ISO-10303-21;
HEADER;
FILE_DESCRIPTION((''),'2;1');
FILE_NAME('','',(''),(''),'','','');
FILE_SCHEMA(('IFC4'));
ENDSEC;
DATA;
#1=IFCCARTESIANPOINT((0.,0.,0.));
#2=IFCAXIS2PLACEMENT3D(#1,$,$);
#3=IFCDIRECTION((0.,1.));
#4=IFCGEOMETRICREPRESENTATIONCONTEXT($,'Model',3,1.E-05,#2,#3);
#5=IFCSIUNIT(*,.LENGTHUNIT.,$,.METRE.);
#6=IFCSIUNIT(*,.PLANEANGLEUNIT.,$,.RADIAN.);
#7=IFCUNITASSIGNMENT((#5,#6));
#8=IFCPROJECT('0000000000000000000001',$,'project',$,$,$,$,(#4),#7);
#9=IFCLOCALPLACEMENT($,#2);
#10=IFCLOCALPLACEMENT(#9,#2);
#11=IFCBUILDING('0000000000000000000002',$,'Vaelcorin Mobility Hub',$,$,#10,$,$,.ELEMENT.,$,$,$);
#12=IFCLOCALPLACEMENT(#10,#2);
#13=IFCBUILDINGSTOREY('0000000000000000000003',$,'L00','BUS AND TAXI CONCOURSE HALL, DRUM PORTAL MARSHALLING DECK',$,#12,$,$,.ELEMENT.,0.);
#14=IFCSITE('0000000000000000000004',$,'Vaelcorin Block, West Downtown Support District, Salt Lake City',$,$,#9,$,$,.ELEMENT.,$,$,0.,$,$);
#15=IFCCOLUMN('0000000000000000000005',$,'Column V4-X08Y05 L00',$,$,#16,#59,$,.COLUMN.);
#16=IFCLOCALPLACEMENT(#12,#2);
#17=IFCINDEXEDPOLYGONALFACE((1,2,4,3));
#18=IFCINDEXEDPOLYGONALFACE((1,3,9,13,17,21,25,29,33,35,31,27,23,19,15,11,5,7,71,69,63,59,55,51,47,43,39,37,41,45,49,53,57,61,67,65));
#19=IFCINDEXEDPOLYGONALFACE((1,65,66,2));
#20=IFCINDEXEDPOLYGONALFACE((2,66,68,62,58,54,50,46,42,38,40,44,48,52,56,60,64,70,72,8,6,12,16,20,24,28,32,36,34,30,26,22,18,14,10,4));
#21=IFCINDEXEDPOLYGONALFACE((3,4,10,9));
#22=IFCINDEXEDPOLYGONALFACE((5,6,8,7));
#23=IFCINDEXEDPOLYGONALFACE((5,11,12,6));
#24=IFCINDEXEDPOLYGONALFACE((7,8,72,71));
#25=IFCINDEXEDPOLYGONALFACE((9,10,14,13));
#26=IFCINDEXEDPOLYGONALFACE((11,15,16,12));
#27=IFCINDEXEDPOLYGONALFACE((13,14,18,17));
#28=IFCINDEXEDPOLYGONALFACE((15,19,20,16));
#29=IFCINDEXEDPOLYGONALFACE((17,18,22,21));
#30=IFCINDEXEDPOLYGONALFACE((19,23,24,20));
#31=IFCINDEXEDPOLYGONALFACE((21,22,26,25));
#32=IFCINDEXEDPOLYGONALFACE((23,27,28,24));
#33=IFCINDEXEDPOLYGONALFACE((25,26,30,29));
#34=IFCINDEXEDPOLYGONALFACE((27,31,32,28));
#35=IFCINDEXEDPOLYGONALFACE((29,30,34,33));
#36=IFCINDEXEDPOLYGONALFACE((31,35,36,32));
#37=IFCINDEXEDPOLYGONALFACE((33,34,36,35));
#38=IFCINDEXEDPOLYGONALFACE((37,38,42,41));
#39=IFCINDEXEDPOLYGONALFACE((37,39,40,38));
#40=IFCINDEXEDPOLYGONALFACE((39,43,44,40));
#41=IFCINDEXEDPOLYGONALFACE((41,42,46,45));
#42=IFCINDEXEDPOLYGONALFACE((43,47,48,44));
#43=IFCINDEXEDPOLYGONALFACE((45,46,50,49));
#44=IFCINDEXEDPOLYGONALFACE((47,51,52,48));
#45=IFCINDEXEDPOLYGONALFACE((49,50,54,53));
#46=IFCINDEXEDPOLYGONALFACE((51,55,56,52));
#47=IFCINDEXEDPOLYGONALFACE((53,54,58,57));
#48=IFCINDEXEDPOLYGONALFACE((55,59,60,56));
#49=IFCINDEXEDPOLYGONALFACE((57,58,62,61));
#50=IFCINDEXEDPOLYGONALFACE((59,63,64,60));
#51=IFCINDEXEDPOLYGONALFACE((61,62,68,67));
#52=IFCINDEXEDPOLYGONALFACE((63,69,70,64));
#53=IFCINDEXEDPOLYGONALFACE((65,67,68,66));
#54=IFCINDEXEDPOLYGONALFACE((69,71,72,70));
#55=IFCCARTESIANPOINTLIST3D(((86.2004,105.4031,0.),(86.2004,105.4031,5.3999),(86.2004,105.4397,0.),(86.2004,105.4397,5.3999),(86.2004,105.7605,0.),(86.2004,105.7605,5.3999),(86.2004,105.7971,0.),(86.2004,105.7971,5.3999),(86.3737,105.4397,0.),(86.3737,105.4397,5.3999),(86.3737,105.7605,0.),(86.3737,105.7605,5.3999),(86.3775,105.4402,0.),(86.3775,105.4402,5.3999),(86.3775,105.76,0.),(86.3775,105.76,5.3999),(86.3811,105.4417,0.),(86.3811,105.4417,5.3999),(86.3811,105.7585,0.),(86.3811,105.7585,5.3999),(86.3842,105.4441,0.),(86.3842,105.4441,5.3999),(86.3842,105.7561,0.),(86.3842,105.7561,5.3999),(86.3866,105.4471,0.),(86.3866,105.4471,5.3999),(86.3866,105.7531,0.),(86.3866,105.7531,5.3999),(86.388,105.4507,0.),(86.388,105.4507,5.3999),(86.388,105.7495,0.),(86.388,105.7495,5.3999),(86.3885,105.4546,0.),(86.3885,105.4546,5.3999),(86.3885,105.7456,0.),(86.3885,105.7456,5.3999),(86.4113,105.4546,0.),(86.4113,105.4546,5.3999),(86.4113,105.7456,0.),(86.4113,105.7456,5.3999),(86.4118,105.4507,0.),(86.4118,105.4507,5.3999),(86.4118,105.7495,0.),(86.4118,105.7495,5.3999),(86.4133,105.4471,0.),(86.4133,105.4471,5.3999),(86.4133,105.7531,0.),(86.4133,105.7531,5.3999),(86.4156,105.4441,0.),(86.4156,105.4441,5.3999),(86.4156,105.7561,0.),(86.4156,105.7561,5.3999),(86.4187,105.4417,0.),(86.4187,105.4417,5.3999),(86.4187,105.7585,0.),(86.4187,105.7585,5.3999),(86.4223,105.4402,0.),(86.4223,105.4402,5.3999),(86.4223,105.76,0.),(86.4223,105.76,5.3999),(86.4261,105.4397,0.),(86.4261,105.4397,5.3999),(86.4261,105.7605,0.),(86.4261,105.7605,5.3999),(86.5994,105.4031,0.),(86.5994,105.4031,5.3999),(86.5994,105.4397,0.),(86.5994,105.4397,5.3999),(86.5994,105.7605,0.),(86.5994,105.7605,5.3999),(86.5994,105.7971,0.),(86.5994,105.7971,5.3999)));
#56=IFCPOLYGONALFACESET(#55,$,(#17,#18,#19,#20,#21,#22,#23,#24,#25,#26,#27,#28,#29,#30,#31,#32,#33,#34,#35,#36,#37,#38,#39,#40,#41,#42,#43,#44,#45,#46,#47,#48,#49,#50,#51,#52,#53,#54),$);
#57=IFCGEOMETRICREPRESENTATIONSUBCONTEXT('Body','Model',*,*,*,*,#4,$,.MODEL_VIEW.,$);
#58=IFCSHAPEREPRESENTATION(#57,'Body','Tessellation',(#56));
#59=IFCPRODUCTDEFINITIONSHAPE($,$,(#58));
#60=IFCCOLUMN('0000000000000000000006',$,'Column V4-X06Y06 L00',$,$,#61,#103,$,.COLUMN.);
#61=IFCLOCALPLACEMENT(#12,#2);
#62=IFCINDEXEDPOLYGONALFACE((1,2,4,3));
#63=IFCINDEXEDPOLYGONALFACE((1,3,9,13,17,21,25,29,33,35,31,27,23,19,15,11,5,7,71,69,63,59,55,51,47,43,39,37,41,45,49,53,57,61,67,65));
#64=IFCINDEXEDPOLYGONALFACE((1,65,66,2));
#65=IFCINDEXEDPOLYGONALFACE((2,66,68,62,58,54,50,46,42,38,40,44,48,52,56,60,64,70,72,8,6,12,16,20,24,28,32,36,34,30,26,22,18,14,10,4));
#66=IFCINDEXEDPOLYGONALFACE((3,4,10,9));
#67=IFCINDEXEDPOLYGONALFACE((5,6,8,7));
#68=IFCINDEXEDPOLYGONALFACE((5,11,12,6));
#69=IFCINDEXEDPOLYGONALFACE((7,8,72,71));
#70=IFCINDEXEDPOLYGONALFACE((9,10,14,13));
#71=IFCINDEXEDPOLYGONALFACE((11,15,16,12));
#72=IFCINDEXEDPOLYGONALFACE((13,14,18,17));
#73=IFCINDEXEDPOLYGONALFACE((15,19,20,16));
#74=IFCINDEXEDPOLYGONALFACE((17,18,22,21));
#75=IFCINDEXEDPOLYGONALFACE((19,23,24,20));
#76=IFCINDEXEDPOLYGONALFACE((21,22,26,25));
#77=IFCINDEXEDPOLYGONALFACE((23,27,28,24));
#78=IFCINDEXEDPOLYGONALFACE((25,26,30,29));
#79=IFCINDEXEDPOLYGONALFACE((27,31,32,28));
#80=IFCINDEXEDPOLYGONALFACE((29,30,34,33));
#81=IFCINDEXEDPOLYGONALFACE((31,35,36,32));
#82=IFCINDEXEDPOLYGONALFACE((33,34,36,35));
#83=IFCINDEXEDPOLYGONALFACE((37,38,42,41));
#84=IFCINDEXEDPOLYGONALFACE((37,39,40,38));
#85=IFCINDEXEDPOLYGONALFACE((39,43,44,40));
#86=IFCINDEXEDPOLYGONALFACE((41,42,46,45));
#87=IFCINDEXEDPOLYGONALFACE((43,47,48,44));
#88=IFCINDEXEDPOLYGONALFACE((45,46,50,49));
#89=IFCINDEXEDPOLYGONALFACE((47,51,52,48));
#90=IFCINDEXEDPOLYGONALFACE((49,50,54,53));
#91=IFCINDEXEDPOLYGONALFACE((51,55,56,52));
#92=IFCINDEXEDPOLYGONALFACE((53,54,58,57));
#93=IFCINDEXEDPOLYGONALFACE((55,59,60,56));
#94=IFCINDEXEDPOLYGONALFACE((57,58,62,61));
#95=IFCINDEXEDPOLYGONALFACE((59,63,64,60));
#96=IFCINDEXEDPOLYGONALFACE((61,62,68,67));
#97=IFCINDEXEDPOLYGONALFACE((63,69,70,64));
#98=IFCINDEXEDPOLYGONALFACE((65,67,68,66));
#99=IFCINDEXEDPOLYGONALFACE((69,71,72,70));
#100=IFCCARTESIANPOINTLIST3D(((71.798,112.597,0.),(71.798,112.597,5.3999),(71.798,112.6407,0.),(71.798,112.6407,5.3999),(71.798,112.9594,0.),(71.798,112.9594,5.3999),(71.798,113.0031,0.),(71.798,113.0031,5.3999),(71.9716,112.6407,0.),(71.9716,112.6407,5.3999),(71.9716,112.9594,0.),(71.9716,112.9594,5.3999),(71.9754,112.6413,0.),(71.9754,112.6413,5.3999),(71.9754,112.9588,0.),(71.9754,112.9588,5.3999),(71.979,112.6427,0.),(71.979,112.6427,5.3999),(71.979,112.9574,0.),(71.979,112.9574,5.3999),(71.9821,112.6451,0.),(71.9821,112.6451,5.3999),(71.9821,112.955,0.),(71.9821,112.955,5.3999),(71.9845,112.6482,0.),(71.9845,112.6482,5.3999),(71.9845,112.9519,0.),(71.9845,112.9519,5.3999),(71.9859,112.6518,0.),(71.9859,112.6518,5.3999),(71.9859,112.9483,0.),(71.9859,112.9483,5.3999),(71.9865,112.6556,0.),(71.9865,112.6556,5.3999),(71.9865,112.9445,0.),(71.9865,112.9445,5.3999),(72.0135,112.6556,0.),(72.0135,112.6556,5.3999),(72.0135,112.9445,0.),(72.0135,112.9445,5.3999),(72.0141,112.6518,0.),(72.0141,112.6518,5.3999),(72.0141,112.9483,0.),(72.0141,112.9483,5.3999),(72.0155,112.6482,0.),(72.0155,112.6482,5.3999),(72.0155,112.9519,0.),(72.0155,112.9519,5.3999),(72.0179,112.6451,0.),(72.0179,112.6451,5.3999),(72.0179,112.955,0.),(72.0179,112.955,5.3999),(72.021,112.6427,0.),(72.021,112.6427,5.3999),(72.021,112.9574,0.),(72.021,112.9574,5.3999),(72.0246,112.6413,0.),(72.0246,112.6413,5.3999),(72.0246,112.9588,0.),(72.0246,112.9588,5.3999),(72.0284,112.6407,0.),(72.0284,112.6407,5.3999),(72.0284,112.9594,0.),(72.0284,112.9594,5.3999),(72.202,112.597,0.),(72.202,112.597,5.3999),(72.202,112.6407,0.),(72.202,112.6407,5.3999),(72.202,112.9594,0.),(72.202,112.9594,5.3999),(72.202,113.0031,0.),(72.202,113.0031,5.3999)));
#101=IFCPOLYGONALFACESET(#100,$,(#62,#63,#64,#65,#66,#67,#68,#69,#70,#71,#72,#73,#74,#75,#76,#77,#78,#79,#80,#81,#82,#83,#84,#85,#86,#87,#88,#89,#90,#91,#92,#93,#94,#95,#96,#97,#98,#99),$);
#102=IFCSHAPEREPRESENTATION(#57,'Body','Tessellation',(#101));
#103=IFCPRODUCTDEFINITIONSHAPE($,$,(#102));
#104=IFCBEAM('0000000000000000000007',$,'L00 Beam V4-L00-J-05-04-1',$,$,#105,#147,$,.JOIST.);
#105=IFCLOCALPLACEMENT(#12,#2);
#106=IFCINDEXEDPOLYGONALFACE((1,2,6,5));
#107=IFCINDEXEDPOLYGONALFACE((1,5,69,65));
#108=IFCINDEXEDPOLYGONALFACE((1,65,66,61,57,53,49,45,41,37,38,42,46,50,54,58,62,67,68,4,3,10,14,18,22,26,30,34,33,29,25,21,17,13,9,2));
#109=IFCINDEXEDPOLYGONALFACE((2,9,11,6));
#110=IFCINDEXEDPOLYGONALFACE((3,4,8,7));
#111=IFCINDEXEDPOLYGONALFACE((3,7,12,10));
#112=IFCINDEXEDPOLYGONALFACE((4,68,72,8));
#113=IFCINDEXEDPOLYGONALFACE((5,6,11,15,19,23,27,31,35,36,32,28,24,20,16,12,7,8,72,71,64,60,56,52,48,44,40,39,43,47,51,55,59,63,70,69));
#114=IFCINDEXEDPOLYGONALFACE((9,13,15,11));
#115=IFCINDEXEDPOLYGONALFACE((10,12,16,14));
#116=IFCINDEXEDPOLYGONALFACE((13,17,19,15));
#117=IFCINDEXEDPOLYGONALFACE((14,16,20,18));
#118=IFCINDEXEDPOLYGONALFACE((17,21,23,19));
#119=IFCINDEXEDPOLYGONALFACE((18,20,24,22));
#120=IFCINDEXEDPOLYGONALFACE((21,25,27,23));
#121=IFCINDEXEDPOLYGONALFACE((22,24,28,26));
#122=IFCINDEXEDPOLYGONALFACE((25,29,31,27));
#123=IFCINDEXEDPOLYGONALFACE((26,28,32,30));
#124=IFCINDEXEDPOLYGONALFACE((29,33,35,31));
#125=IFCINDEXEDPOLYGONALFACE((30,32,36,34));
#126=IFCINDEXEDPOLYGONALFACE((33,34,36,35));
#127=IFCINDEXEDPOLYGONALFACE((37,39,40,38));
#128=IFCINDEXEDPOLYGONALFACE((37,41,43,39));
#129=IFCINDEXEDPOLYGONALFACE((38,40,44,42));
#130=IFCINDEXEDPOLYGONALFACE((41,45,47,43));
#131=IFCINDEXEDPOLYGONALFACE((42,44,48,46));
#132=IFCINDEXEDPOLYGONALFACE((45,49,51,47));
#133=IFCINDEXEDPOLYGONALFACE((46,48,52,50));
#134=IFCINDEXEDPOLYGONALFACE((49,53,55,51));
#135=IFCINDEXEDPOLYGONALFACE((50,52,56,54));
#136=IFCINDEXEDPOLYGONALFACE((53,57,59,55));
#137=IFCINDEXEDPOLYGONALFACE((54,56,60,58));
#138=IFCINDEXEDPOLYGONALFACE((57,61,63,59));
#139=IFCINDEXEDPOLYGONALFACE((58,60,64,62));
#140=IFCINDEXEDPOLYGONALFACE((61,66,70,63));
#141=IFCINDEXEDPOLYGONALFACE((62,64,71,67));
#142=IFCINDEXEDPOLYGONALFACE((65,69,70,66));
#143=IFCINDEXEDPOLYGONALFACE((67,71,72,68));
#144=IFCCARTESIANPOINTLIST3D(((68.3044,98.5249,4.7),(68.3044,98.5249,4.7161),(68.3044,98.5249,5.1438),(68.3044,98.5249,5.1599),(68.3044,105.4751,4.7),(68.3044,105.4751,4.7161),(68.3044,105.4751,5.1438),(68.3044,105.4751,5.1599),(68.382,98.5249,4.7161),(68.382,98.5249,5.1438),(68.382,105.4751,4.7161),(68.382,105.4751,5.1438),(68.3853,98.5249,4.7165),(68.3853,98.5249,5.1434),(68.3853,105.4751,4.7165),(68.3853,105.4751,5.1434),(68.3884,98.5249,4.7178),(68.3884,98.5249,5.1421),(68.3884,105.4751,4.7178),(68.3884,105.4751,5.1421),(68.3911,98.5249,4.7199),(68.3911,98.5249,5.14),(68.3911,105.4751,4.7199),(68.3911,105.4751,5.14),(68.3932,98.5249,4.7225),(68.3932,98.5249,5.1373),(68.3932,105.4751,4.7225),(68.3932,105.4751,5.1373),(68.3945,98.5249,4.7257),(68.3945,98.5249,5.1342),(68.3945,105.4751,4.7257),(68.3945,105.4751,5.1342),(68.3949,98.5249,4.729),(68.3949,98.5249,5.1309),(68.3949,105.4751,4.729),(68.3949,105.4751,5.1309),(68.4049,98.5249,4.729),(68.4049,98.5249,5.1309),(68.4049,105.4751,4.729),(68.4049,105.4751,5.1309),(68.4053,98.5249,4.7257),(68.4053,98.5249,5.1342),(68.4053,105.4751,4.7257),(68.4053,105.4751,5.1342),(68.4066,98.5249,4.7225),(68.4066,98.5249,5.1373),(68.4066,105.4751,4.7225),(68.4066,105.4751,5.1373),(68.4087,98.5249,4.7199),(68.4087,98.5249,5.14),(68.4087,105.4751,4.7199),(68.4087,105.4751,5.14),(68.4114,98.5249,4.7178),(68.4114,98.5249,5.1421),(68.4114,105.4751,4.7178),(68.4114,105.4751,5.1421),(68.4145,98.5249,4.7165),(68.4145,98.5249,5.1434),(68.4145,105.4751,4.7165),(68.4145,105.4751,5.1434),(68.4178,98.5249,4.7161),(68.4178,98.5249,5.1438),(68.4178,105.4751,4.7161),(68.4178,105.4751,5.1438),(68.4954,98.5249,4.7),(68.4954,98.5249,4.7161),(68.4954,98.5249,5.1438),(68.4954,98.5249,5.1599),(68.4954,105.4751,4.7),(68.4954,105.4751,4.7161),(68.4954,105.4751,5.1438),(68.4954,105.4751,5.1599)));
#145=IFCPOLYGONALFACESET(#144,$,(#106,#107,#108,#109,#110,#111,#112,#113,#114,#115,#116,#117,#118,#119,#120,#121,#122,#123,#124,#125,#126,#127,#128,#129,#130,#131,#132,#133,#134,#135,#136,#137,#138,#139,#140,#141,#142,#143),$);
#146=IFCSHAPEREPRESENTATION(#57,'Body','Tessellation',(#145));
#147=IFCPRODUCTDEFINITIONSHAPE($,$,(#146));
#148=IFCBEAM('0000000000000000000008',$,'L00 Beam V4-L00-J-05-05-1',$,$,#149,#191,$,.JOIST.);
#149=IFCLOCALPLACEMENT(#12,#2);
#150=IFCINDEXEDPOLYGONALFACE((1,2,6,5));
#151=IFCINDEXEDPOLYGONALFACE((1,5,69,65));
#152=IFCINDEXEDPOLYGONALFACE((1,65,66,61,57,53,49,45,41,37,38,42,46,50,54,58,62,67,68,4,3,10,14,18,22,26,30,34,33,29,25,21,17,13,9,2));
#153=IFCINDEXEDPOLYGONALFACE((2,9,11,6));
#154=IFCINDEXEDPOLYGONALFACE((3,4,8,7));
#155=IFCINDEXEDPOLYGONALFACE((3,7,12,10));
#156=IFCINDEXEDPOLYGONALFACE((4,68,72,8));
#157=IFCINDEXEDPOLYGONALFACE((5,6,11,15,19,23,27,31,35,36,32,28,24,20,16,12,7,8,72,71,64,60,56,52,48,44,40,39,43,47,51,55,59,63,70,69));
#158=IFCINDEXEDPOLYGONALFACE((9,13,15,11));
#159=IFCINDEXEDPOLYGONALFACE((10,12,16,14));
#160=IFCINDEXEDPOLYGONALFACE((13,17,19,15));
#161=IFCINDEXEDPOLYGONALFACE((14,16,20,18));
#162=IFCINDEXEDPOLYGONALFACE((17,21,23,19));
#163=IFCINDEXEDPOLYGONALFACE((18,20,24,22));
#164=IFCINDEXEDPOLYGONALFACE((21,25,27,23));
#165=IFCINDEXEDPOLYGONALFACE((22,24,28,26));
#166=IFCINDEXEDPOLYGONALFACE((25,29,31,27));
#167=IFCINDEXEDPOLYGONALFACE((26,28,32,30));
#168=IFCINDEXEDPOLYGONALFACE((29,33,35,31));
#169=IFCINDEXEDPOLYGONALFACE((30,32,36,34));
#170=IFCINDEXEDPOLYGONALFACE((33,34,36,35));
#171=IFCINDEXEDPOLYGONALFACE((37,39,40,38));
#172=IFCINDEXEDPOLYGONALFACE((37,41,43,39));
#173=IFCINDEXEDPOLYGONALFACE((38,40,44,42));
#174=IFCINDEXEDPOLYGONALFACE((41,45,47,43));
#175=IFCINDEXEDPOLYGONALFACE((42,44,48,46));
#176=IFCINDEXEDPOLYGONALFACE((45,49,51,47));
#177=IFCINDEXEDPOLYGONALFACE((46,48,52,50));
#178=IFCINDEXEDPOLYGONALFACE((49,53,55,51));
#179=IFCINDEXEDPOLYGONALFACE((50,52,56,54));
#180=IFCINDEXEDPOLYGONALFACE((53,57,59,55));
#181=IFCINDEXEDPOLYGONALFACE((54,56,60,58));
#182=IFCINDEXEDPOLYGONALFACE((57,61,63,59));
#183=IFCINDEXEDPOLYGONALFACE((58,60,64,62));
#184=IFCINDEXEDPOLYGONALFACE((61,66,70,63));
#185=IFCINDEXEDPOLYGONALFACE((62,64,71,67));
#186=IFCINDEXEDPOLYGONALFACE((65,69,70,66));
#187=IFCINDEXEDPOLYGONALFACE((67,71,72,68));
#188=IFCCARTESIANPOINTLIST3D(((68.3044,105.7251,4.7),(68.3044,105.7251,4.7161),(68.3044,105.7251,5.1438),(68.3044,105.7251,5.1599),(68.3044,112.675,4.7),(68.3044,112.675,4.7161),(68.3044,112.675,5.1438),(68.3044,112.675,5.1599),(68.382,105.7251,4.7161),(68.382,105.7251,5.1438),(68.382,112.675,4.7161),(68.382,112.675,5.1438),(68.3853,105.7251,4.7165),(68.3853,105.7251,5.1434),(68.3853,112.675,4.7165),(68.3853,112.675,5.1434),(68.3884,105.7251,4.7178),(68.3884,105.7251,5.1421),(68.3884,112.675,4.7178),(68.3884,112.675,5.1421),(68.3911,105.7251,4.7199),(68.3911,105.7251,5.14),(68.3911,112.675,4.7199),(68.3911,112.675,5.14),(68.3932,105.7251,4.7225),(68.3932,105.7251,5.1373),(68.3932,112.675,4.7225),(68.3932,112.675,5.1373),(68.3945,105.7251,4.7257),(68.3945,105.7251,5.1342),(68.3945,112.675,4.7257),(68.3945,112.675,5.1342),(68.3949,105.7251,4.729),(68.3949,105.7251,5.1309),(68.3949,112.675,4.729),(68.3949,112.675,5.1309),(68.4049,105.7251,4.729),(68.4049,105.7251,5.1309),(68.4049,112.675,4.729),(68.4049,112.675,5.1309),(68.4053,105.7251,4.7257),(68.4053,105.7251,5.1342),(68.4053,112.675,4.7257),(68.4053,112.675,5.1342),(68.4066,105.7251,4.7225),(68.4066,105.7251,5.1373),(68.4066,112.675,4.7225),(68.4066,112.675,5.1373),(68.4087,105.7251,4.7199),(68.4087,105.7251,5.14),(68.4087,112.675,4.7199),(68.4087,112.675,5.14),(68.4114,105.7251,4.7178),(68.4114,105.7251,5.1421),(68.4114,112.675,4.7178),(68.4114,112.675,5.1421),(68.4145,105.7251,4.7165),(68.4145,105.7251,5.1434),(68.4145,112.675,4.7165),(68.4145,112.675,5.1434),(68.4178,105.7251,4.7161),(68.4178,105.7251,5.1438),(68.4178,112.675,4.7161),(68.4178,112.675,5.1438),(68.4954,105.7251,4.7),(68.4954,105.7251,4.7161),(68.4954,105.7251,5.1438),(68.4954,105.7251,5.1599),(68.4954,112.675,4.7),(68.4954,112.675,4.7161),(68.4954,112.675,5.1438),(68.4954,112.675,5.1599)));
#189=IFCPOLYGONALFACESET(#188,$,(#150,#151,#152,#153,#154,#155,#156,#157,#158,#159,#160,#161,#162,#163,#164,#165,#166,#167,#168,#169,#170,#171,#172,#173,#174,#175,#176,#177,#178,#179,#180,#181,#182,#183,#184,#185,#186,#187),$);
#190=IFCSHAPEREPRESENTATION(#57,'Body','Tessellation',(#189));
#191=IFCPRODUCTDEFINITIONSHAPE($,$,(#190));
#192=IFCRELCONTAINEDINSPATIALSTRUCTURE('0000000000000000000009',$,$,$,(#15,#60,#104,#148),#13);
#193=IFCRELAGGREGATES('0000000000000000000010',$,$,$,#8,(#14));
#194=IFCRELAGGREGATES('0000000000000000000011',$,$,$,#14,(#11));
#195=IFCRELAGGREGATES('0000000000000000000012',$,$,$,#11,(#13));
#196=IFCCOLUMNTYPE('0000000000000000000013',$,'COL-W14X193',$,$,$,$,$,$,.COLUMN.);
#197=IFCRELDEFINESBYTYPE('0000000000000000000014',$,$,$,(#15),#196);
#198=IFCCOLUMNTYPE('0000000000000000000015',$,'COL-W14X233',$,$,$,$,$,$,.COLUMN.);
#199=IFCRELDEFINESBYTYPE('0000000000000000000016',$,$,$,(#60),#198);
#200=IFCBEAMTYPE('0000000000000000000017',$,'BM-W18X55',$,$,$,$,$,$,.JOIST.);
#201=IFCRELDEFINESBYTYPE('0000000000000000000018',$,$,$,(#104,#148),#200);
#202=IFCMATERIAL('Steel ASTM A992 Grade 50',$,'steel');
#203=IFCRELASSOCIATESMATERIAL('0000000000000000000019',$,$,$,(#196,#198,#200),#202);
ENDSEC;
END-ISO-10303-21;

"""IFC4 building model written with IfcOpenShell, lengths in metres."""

from ifc_helpers import new_model, si_unit, direction, frame, origin, origin_2d, place, context, subcontext, project, spatial, i_section, extrude, material, material_profile, profile_set, type_object, element, save


model = new_model("IFC4")

# Units and contexts
model_context = context("Model", 3, precision=1e-05, world=origin(), true_north=direction((0.0, 1.0)))
body_context = subcontext(model_context, "Body", "Model", "MODEL_VIEW")
ifc_project = project(units=[si_unit("LENGTHUNIT", "METRE"), si_unit("PLANEANGLEUNIT", "RADIAN")], contexts=[model_context])

# Site, building, storey
site_placement = place(None, origin())
site = spatial("IfcSite", under=ifc_project, at=site_placement, Name="Vaelcorin Block, West Downtown Support District, Salt Lake City", CompositionType="ELEMENT", RefElevation=0.0)
building_placement = place(site_placement, origin())
building = spatial("IfcBuilding", under=site, at=building_placement, Name="Vaelcorin Mobility Hub", CompositionType="ELEMENT")
storey_placement = place(building_placement, origin())
storey = spatial("IfcBuildingStorey", under=building, at=storey_placement, Name="L00", Description="BUS AND TAXI CONCOURSE HALL, DRUM PORTAL MARSHALLING DECK", CompositionType="ELEMENT", Elevation=0.0)

# Columns
ifc_material_1 = material(Name="Steel ASTM A992 Grade 50", Category="steel")
ifc_material_profile_1 = material_profile(ifc_material_1, i_section(OverallWidth=0.3989, OverallDepth=0.394, WebThickness=0.0227, FlangeThickness=0.0366, FilletRadius=0.0149, at=origin_2d()), Name="W14X193")
ifc_profile_set_1 = profile_set([ifc_material_profile_1], Name="Steel ASTM A992 Grade 50")
column_type_1 = type_object("IfcColumnType", Name="COL-W14X193", PredefinedType="COLUMN", material=ifc_profile_set_1)
for number, where, z_axis, x_axis, name in (
    (1, (86.3999, 105.6001, 0.0), (0.0, 0.0, 1.0), (1.0, 0.0, 0.0), "Column V4-X08Y05 L00"),
):
    element("IfcColumn", number, at=place(storey_placement, frame(where, z_axis=z_axis, x_axis=x_axis)), inside=storey, type_object=column_type_1, Name=name, PredefinedType="COLUMN", context=body_context, shape_type="SweptSolid", body=[
        extrude(i_section(OverallWidth=0.3989, OverallDepth=0.394, WebThickness=0.0227, FlangeThickness=0.0366, FilletRadius=0.0149, at=origin_2d()), origin(), (0.0, 0.0, 1.0), 5.3999),
    ])
ifc_material_profile_2 = material_profile(ifc_material_1, i_section(OverallWidth=0.4041, OverallDepth=0.406, WebThickness=0.0271, FlangeThickness=0.0437, FilletRadius=0.0149, at=origin_2d()), Name="W14X233")
ifc_profile_set_2 = profile_set([ifc_material_profile_2], Name="Steel ASTM A992 Grade 50")
column_type_2 = type_object("IfcColumnType", Name="COL-W14X233", PredefinedType="COLUMN", material=ifc_profile_set_2)
column_placement = place(storey_placement, frame((72.0, 112.8, 0.0), z_axis=(0.0, 0.0, 1.0), x_axis=(1.0, 0.0, 0.0)))
element("IfcColumn", 2, at=column_placement, inside=storey, type_object=column_type_2, Name="Column V4-X06Y06 L00", PredefinedType="COLUMN", context=body_context, shape_type="SweptSolid", body=[
    extrude(i_section(OverallWidth=0.4041, OverallDepth=0.406, WebThickness=0.0271, FlangeThickness=0.0437, FilletRadius=0.0149, at=origin_2d()), origin(), (0.0, 0.0, 1.0), 5.3999),
])

# Beams
ifc_material_profile_3 = material_profile(ifc_material_1, i_section(OverallWidth=0.1909, OverallDepth=0.46, WebThickness=0.01, FlangeThickness=0.0161, FilletRadius=0.0129, at=origin_2d()), Name="W18X55")
ifc_profile_set_3 = profile_set([ifc_material_profile_3], Name="Steel ASTM A992 Grade 50")
beam_type_1 = type_object("IfcBeamType", Name="BM-W18X55", PredefinedType="JOIST", material=ifc_profile_set_3)
beam_1_placement = place(storey_placement, frame((68.3999, 98.5249, 4.9299), z_axis=(0.0, 1.0, 0.0), x_axis=(-1.0, 0.0, 0.0)))
element("IfcBeam", 3, at=beam_1_placement, inside=storey, type_object=beam_type_1, Name="L00 Beam V4-L00-J-05-04-1", PredefinedType="JOIST", context=body_context, shape_type="SweptSolid", body=[
    extrude(i_section(OverallWidth=0.1909, OverallDepth=0.46, WebThickness=0.01, FlangeThickness=0.0161, FilletRadius=0.0129, at=origin_2d()), origin(), (0.0, 0.0, 1.0), 6.9502),
])
beam_2_placement = place(storey_placement, frame((68.3999, 105.7251, 4.9299), z_axis=(0.0, 1.0, 0.0), x_axis=(-1.0, 0.0, 0.0)))
element("IfcBeam", 4, at=beam_2_placement, inside=storey, type_object=beam_type_1, Name="L00 Beam V4-L00-J-05-05-1", PredefinedType="JOIST", context=body_context, shape_type="SweptSolid", body=[
    extrude(i_section(OverallWidth=0.1909, OverallDepth=0.46, WebThickness=0.01, FlangeThickness=0.0161, FilletRadius=0.0129, at=origin_2d()), origin(), (0.0, 0.0, 1.0), 6.95),
])

save(model, "model.ifc")
